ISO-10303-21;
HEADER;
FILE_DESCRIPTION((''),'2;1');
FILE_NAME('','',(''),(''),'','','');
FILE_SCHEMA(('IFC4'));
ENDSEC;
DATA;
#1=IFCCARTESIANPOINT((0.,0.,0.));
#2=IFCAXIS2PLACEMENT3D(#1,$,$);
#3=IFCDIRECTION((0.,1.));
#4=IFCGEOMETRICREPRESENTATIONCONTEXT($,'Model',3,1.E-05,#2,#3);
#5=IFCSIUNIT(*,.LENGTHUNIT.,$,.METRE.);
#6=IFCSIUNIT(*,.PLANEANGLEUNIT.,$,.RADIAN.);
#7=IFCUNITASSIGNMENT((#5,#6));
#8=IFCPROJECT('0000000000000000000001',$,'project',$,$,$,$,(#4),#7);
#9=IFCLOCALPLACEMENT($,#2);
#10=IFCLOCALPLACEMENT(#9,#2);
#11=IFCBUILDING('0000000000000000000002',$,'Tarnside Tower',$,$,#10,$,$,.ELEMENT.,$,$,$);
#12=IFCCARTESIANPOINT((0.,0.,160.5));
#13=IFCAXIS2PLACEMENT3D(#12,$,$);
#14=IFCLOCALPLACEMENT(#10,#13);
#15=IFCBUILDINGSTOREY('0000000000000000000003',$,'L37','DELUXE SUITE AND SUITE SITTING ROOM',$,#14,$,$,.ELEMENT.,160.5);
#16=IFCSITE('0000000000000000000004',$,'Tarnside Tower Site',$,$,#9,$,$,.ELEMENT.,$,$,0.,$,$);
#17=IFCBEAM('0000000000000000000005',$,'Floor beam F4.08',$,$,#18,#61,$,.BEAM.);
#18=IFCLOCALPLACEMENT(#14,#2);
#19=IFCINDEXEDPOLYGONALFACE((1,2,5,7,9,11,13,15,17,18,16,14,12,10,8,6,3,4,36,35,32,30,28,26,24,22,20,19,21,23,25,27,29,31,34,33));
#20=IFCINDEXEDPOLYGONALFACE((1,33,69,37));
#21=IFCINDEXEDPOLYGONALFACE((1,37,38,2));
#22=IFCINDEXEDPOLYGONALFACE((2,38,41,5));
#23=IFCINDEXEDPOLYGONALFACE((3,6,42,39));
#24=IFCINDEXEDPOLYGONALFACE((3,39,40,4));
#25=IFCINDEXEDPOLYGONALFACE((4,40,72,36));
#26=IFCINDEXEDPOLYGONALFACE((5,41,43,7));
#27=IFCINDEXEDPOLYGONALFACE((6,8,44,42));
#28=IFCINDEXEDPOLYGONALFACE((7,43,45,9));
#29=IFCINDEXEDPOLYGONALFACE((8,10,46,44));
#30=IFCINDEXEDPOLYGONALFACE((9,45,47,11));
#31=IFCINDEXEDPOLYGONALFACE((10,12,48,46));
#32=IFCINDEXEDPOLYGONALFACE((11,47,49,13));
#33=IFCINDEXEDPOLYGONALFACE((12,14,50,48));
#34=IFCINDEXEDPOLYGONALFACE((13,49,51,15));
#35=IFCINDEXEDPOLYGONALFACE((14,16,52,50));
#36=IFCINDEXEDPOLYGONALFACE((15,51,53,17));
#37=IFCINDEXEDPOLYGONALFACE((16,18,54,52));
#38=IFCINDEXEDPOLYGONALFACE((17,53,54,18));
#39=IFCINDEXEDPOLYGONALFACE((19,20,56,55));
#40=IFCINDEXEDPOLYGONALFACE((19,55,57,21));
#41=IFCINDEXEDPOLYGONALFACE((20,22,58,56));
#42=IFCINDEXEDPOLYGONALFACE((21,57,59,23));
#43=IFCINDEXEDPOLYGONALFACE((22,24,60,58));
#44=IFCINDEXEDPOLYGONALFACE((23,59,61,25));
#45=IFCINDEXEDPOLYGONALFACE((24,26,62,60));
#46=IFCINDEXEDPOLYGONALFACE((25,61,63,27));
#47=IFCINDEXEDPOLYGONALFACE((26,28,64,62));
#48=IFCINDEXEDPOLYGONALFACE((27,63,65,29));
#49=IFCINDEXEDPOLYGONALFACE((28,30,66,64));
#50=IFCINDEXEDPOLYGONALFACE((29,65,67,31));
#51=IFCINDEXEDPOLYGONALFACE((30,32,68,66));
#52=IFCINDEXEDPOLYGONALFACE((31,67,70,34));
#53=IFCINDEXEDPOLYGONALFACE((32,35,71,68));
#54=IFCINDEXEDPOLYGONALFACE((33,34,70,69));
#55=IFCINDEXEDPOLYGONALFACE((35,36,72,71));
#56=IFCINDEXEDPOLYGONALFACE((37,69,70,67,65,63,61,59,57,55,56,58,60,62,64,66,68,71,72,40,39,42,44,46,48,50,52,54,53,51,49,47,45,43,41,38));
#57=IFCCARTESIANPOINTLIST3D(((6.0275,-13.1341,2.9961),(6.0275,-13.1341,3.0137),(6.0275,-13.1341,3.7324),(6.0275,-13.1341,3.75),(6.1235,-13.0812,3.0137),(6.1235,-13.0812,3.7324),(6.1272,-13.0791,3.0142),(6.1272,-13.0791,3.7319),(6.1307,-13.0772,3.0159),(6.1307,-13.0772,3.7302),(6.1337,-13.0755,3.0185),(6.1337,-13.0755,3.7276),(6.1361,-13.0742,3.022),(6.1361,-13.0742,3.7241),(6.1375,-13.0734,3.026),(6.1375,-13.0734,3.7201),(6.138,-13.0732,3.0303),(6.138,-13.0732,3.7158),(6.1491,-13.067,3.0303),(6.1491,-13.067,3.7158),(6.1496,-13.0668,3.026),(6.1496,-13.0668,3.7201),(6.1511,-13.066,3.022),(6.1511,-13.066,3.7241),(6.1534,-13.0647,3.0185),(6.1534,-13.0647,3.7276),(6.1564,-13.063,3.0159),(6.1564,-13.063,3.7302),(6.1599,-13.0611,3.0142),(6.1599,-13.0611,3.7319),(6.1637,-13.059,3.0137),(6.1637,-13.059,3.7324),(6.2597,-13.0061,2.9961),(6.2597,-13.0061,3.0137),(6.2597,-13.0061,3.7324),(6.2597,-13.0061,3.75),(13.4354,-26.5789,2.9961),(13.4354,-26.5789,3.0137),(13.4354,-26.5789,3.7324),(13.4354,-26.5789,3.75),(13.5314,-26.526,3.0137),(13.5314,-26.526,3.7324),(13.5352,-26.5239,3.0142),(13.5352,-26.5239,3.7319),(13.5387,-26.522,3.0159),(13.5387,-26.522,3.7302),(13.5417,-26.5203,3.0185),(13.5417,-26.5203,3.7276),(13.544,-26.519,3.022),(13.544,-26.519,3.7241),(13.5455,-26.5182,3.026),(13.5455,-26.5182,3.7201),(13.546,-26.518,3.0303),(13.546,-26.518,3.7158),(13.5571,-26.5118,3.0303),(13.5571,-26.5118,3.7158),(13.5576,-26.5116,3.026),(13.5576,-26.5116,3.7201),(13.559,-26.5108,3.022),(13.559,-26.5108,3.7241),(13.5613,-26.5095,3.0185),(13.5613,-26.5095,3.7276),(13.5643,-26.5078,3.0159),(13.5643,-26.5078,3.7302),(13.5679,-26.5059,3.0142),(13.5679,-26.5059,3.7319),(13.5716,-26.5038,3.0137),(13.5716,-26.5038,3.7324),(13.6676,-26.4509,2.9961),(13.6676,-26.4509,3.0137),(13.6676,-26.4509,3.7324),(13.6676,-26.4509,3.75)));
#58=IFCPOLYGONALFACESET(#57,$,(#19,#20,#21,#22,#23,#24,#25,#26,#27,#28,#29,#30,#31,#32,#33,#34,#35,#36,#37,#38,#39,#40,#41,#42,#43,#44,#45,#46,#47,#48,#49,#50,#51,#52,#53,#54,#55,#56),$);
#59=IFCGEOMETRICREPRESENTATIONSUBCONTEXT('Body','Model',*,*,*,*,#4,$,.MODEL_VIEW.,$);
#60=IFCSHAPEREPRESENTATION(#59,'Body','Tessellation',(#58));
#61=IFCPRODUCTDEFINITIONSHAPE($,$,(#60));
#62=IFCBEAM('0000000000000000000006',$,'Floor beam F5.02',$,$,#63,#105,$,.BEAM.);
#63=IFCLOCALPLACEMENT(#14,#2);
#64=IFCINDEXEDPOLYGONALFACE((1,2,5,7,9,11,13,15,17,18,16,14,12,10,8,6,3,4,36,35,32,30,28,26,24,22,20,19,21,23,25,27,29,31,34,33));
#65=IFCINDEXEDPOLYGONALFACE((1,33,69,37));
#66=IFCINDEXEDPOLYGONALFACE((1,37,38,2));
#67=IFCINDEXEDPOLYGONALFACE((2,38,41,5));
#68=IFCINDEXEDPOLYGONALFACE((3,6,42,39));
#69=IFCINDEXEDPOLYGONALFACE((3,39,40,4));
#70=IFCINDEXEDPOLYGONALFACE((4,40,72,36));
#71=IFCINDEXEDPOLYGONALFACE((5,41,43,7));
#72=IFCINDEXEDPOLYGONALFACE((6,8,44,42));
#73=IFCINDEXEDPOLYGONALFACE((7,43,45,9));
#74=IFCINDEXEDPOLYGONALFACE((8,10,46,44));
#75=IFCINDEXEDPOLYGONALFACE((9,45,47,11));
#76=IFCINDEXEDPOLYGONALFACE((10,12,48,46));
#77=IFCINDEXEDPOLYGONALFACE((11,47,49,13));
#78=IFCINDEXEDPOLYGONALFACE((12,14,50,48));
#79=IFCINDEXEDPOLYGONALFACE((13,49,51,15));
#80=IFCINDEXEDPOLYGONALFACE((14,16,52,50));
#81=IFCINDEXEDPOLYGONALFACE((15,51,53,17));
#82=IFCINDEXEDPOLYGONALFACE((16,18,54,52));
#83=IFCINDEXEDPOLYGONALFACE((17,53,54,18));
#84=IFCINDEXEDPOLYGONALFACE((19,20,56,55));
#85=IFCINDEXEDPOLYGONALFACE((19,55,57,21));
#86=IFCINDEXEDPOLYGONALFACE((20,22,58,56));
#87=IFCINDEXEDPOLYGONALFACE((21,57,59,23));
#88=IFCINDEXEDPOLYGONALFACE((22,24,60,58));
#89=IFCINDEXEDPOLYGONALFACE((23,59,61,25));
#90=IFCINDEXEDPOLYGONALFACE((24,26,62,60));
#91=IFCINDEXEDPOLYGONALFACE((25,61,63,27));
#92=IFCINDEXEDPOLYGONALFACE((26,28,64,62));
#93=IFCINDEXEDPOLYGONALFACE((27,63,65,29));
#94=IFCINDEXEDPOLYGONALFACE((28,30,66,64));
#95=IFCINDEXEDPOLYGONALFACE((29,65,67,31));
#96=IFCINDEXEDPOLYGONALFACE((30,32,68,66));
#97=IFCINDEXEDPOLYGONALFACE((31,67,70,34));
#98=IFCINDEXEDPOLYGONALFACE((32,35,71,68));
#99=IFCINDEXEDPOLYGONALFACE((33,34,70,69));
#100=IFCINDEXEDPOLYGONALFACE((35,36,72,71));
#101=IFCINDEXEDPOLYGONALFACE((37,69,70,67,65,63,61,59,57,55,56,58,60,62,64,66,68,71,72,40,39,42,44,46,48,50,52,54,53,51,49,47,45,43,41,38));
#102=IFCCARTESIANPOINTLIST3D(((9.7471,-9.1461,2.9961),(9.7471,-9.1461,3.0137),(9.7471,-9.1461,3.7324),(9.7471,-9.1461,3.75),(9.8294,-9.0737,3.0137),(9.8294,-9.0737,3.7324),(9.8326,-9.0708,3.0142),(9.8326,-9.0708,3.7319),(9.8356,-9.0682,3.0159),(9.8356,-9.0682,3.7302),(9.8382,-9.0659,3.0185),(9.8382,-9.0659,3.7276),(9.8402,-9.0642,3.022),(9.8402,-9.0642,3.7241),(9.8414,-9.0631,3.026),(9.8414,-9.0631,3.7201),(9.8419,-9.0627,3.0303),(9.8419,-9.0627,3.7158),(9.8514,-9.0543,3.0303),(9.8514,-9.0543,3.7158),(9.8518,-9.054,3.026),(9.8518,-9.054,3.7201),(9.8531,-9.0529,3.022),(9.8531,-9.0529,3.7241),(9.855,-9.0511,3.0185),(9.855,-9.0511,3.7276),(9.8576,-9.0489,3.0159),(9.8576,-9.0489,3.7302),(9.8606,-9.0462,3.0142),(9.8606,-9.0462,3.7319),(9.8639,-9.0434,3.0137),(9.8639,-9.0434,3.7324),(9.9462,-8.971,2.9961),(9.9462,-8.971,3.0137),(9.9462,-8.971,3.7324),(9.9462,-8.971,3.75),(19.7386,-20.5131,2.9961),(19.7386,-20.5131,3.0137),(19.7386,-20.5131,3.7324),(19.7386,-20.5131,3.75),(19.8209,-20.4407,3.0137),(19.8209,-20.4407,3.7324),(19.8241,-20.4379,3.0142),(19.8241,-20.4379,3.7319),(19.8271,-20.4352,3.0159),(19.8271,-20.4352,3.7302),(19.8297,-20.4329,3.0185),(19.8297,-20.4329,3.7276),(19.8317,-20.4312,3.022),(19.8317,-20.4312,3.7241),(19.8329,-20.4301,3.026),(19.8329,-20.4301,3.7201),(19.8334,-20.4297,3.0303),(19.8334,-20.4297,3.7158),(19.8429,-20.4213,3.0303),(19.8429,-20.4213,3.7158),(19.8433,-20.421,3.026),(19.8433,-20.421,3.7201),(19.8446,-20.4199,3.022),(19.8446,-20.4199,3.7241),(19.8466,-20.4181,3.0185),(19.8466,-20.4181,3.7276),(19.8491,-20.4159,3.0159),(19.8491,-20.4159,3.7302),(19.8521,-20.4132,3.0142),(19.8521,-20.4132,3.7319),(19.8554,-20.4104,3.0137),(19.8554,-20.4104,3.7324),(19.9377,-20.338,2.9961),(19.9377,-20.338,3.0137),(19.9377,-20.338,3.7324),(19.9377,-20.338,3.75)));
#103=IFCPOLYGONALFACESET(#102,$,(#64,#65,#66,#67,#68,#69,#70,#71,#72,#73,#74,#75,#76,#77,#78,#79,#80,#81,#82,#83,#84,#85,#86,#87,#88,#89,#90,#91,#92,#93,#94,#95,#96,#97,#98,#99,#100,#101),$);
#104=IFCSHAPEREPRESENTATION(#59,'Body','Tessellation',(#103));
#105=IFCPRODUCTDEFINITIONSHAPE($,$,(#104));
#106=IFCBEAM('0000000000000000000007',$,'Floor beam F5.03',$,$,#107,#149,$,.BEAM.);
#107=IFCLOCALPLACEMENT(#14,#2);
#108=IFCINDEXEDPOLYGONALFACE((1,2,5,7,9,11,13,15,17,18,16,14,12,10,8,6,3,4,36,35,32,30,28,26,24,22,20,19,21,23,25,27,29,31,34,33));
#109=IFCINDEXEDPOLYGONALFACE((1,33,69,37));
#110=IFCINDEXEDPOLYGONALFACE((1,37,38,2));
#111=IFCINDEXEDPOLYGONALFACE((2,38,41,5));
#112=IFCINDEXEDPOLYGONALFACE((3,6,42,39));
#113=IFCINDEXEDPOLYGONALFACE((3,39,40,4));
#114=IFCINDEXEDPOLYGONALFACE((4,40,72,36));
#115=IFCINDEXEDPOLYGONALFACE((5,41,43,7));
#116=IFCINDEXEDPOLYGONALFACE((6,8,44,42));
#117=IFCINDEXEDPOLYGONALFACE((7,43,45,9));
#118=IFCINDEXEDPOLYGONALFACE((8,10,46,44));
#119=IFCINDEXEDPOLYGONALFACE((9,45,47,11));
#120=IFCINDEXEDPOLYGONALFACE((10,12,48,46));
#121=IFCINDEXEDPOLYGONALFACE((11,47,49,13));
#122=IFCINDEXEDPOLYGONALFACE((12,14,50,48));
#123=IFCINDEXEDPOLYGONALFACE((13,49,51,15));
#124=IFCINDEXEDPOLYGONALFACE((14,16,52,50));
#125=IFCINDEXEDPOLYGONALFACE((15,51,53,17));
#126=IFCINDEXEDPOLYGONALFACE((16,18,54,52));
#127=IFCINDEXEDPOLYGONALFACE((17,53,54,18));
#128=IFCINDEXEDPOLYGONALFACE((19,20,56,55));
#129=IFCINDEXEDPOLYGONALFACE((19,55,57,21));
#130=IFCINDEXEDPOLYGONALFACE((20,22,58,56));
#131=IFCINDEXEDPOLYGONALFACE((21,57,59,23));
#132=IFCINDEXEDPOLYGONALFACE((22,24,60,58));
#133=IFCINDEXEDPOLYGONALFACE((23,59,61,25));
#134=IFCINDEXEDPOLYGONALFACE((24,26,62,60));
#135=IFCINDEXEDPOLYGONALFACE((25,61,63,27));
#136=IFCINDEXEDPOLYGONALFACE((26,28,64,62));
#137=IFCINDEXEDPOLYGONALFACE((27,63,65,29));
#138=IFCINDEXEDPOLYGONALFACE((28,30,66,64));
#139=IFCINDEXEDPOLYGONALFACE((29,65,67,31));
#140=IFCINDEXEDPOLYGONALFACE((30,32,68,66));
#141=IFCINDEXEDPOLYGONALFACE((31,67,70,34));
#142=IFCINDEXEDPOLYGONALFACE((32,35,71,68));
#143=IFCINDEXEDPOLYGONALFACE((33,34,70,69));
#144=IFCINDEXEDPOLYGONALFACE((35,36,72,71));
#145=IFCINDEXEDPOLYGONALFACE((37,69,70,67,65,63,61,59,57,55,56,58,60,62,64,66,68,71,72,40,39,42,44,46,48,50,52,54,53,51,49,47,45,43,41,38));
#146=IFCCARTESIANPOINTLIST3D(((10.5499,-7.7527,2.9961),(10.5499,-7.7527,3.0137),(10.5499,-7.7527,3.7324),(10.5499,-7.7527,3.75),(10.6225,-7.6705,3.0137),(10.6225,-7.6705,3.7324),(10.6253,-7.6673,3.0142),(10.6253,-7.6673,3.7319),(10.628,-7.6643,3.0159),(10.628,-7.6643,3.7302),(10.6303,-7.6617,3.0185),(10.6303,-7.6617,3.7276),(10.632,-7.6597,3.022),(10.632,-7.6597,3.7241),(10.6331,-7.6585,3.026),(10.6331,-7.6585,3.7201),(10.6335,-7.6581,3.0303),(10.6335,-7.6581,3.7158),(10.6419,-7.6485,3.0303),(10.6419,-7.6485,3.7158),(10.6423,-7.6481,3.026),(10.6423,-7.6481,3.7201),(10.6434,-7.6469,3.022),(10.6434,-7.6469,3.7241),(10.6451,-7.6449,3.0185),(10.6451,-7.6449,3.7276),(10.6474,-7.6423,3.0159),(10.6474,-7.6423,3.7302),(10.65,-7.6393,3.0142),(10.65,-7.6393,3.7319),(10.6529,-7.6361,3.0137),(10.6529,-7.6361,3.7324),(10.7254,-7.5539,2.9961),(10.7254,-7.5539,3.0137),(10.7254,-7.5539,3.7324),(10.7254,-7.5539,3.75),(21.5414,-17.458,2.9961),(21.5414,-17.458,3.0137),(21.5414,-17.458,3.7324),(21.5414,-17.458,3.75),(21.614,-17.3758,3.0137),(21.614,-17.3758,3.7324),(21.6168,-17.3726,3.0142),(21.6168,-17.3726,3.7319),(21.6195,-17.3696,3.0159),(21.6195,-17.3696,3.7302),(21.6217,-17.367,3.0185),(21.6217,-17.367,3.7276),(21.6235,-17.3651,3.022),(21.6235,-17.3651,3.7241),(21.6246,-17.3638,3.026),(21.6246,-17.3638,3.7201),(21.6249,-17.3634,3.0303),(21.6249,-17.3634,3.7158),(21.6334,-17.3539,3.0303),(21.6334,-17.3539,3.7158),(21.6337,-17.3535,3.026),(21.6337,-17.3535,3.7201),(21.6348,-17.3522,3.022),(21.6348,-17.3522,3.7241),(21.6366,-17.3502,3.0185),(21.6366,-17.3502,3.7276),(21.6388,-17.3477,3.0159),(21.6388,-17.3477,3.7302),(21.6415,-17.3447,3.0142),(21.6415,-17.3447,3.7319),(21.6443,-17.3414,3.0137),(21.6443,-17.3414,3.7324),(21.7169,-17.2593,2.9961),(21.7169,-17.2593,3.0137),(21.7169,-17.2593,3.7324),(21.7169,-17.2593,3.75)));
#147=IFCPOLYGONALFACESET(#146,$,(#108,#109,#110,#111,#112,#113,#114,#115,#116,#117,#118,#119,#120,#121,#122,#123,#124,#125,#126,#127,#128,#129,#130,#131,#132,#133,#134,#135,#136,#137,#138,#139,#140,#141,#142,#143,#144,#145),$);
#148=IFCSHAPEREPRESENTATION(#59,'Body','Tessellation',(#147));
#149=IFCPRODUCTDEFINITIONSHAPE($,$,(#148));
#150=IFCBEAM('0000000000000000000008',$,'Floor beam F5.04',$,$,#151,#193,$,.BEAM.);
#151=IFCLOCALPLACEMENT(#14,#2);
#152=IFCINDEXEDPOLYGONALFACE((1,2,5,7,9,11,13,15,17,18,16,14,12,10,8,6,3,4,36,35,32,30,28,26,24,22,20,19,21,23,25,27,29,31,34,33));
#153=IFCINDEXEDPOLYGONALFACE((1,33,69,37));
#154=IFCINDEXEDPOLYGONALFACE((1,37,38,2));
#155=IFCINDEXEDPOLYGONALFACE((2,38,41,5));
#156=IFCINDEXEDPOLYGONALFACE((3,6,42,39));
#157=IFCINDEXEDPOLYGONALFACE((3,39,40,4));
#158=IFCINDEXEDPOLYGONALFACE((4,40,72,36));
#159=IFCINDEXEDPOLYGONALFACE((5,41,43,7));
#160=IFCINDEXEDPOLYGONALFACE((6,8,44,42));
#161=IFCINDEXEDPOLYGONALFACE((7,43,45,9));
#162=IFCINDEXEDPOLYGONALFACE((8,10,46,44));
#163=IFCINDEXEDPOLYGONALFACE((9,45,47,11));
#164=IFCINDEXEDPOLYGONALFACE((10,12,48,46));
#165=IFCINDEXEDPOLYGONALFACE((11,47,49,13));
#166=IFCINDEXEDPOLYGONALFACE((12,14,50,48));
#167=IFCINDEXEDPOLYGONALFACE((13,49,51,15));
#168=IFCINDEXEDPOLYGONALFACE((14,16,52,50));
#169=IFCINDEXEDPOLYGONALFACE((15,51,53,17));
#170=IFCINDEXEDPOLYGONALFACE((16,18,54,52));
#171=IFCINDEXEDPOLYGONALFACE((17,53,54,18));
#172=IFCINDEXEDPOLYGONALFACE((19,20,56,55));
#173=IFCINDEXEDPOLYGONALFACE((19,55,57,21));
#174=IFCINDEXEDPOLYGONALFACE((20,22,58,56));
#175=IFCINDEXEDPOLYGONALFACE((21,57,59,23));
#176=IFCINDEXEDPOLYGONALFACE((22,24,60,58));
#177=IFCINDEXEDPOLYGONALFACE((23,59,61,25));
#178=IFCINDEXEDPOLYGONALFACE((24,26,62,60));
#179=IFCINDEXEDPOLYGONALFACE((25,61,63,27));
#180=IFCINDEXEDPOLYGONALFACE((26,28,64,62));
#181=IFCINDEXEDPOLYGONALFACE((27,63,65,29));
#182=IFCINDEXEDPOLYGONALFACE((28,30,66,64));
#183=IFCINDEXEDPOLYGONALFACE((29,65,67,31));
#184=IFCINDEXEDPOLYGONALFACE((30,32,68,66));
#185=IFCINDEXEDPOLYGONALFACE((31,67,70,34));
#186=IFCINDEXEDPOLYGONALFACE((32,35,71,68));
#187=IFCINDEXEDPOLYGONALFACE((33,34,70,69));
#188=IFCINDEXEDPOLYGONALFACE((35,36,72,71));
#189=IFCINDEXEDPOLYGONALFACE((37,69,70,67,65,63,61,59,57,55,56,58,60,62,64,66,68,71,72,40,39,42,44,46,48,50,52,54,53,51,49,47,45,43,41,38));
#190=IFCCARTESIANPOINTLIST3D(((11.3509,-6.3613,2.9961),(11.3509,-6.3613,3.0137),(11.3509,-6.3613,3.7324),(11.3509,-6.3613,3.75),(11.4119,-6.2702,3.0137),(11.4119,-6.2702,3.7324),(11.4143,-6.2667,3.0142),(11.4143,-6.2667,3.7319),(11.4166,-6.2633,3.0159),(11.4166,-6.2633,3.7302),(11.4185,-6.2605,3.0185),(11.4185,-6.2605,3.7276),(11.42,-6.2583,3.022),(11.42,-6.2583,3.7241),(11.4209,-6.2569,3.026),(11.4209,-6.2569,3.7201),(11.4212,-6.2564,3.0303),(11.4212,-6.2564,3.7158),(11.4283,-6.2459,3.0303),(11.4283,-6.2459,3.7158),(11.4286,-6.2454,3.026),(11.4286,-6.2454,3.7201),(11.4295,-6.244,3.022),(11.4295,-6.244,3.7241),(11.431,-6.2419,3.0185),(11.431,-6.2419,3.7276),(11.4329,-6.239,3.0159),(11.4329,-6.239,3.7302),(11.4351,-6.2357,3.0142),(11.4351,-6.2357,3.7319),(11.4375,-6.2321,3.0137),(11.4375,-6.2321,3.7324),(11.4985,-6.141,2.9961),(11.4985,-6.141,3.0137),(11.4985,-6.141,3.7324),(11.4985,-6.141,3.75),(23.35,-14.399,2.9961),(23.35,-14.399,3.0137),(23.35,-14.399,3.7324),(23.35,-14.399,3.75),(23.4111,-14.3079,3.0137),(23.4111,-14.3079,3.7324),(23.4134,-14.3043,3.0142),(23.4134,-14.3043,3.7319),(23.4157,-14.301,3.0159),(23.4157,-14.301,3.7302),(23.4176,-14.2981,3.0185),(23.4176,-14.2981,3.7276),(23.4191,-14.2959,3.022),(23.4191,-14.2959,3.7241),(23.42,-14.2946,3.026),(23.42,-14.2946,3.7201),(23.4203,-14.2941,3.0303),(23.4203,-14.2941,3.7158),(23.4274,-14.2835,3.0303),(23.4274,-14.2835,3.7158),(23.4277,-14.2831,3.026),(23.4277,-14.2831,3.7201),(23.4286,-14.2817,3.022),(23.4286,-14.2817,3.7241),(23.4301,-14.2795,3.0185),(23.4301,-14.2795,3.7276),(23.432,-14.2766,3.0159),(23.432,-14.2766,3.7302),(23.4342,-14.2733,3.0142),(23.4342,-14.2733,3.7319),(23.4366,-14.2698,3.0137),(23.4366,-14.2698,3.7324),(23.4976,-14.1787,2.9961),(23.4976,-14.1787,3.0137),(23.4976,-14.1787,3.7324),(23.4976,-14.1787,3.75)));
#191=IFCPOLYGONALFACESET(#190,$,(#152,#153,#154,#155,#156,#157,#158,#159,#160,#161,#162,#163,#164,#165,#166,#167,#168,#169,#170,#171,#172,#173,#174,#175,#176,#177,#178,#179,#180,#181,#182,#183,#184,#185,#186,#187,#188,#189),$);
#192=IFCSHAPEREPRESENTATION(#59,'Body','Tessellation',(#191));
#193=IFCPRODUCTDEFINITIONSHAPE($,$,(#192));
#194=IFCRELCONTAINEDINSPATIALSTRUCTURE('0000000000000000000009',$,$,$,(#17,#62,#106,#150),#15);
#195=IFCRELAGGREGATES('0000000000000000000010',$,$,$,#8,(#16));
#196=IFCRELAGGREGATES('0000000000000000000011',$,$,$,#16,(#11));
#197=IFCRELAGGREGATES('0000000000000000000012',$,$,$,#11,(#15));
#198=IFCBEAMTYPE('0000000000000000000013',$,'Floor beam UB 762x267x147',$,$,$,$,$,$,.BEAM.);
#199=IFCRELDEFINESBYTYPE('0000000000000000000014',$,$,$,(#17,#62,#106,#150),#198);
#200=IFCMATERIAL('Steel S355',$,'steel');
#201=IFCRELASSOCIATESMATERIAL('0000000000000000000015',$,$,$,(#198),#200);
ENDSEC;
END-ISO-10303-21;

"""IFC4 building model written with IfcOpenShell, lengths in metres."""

from ifc_helpers import new_model, si_unit, direction, frame, origin, origin_2d, place, context, subcontext, project, spatial, i_section, extrude, material, material_profile, profile_set, type_object, element, save


model = new_model("IFC4")

# Units and contexts
model_context = context("Model", 3, precision=1e-05, world=origin(), true_north=direction((0.0, 1.0)))
body_context = subcontext(model_context, "Body", "Model", "MODEL_VIEW")
ifc_project = project(units=[si_unit("LENGTHUNIT", "METRE"), si_unit("PLANEANGLEUNIT", "RADIAN")], contexts=[model_context])

# Site, building, storey
site_placement = place(None, origin())
site = spatial("IfcSite", under=ifc_project, at=site_placement, Name="Tarnside Tower Site", CompositionType="ELEMENT", RefElevation=0.0)
building_placement = place(site_placement, origin())
building = spatial("IfcBuilding", under=site, at=building_placement, Name="Tarnside Tower", CompositionType="ELEMENT")
storey_placement = place(building_placement, frame((0.0, 0.0, 160.5)))
storey = spatial("IfcBuildingStorey", under=building, at=storey_placement, Name="L37", Description="DELUXE SUITE AND SUITE SITTING ROOM", CompositionType="ELEMENT", Elevation=160.5)

# Beams
ifc_material_1 = material(Name="Steel S355", Category="steel")
ifc_material_profile_1 = material_profile(ifc_material_1, i_section(OverallWidth=0.2651, OverallDepth=0.7539, WebThickness=0.0127, FlangeThickness=0.0176, FilletRadius=0.0166, at=origin_2d()), Name="UB 762x267x147")
ifc_profile_set_1 = profile_set([ifc_material_profile_1], Name="Steel S355")
beam_type_1 = type_object("IfcBeamType", Name="Floor beam UB 762x267x147", PredefinedType="BEAM", material=ifc_profile_set_1)
beam_1_placement = place(storey_placement, frame((13.5515, -26.5149, 3.373), z_axis=(-0.482584, 0.87585, 0.0), x_axis=(-0.87585, -0.482584, 0.0)))
element("IfcBeam", 1, at=beam_1_placement, inside=storey, type_object=beam_type_1, Name="Floor beam F4.08", PredefinedType="BEAM", context=body_context, shape_type="SweptSolid", body=[
    extrude(i_section(OverallWidth=0.2651, OverallDepth=0.7539, WebThickness=0.0127, FlangeThickness=0.0176, FilletRadius=0.0166, at=origin_2d()), origin(), (0.0, 0.0, 1.0), 15.3506),
])
beam_2_placement = place(storey_placement, frame((19.8381, -20.4255, 3.373), z_axis=(-0.660201, 0.751089, 0.0), x_axis=(-0.751089, -0.660201, 0.0)))
element("IfcBeam", 2, at=beam_2_placement, inside=storey, type_object=beam_type_1, Name="Floor beam F5.02", PredefinedType="BEAM", context=body_context, shape_type="SweptSolid", body=[
    extrude(i_section(OverallWidth=0.2651, OverallDepth=0.7539, WebThickness=0.0127, FlangeThickness=0.0176, FilletRadius=0.0166, at=origin_2d()), origin(), (0.0, 0.0, 1.0), 15.134),
])
beam_3_placement = place(storey_placement, frame((21.6292, -17.3586, 3.373), z_axis=(-0.749602, 0.661889, 0.0), x_axis=(-0.661889, -0.749602, 0.0)))
element("IfcBeam", 3, at=beam_3_placement, inside=storey, type_object=beam_type_1, Name="Floor beam F5.03", PredefinedType="BEAM", context=body_context, shape_type="SweptSolid", body=[
    extrude(i_section(OverallWidth=0.2651, OverallDepth=0.7539, WebThickness=0.0127, FlangeThickness=0.0176, FilletRadius=0.0166, at=origin_2d()), origin(), (0.0, 0.0, 1.0), 14.6631),
])
beam_4_placement = place(storey_placement, frame((23.4238, -14.2888, 3.373), z_axis=(-0.830826, 0.556532, 0.0), x_axis=(-0.556532, -0.830826, 0.0)))
element("IfcBeam", 4, at=beam_4_placement, inside=storey, type_object=beam_type_1, Name="Floor beam F5.04", PredefinedType="BEAM", context=body_context, shape_type="SweptSolid", body=[
    extrude(i_section(OverallWidth=0.2651, OverallDepth=0.7539, WebThickness=0.0127, FlangeThickness=0.0176, FilletRadius=0.0166, at=origin_2d()), origin(), (0.0, 0.0, 1.0), 14.4424),
])

save(model, "model.ifc")
